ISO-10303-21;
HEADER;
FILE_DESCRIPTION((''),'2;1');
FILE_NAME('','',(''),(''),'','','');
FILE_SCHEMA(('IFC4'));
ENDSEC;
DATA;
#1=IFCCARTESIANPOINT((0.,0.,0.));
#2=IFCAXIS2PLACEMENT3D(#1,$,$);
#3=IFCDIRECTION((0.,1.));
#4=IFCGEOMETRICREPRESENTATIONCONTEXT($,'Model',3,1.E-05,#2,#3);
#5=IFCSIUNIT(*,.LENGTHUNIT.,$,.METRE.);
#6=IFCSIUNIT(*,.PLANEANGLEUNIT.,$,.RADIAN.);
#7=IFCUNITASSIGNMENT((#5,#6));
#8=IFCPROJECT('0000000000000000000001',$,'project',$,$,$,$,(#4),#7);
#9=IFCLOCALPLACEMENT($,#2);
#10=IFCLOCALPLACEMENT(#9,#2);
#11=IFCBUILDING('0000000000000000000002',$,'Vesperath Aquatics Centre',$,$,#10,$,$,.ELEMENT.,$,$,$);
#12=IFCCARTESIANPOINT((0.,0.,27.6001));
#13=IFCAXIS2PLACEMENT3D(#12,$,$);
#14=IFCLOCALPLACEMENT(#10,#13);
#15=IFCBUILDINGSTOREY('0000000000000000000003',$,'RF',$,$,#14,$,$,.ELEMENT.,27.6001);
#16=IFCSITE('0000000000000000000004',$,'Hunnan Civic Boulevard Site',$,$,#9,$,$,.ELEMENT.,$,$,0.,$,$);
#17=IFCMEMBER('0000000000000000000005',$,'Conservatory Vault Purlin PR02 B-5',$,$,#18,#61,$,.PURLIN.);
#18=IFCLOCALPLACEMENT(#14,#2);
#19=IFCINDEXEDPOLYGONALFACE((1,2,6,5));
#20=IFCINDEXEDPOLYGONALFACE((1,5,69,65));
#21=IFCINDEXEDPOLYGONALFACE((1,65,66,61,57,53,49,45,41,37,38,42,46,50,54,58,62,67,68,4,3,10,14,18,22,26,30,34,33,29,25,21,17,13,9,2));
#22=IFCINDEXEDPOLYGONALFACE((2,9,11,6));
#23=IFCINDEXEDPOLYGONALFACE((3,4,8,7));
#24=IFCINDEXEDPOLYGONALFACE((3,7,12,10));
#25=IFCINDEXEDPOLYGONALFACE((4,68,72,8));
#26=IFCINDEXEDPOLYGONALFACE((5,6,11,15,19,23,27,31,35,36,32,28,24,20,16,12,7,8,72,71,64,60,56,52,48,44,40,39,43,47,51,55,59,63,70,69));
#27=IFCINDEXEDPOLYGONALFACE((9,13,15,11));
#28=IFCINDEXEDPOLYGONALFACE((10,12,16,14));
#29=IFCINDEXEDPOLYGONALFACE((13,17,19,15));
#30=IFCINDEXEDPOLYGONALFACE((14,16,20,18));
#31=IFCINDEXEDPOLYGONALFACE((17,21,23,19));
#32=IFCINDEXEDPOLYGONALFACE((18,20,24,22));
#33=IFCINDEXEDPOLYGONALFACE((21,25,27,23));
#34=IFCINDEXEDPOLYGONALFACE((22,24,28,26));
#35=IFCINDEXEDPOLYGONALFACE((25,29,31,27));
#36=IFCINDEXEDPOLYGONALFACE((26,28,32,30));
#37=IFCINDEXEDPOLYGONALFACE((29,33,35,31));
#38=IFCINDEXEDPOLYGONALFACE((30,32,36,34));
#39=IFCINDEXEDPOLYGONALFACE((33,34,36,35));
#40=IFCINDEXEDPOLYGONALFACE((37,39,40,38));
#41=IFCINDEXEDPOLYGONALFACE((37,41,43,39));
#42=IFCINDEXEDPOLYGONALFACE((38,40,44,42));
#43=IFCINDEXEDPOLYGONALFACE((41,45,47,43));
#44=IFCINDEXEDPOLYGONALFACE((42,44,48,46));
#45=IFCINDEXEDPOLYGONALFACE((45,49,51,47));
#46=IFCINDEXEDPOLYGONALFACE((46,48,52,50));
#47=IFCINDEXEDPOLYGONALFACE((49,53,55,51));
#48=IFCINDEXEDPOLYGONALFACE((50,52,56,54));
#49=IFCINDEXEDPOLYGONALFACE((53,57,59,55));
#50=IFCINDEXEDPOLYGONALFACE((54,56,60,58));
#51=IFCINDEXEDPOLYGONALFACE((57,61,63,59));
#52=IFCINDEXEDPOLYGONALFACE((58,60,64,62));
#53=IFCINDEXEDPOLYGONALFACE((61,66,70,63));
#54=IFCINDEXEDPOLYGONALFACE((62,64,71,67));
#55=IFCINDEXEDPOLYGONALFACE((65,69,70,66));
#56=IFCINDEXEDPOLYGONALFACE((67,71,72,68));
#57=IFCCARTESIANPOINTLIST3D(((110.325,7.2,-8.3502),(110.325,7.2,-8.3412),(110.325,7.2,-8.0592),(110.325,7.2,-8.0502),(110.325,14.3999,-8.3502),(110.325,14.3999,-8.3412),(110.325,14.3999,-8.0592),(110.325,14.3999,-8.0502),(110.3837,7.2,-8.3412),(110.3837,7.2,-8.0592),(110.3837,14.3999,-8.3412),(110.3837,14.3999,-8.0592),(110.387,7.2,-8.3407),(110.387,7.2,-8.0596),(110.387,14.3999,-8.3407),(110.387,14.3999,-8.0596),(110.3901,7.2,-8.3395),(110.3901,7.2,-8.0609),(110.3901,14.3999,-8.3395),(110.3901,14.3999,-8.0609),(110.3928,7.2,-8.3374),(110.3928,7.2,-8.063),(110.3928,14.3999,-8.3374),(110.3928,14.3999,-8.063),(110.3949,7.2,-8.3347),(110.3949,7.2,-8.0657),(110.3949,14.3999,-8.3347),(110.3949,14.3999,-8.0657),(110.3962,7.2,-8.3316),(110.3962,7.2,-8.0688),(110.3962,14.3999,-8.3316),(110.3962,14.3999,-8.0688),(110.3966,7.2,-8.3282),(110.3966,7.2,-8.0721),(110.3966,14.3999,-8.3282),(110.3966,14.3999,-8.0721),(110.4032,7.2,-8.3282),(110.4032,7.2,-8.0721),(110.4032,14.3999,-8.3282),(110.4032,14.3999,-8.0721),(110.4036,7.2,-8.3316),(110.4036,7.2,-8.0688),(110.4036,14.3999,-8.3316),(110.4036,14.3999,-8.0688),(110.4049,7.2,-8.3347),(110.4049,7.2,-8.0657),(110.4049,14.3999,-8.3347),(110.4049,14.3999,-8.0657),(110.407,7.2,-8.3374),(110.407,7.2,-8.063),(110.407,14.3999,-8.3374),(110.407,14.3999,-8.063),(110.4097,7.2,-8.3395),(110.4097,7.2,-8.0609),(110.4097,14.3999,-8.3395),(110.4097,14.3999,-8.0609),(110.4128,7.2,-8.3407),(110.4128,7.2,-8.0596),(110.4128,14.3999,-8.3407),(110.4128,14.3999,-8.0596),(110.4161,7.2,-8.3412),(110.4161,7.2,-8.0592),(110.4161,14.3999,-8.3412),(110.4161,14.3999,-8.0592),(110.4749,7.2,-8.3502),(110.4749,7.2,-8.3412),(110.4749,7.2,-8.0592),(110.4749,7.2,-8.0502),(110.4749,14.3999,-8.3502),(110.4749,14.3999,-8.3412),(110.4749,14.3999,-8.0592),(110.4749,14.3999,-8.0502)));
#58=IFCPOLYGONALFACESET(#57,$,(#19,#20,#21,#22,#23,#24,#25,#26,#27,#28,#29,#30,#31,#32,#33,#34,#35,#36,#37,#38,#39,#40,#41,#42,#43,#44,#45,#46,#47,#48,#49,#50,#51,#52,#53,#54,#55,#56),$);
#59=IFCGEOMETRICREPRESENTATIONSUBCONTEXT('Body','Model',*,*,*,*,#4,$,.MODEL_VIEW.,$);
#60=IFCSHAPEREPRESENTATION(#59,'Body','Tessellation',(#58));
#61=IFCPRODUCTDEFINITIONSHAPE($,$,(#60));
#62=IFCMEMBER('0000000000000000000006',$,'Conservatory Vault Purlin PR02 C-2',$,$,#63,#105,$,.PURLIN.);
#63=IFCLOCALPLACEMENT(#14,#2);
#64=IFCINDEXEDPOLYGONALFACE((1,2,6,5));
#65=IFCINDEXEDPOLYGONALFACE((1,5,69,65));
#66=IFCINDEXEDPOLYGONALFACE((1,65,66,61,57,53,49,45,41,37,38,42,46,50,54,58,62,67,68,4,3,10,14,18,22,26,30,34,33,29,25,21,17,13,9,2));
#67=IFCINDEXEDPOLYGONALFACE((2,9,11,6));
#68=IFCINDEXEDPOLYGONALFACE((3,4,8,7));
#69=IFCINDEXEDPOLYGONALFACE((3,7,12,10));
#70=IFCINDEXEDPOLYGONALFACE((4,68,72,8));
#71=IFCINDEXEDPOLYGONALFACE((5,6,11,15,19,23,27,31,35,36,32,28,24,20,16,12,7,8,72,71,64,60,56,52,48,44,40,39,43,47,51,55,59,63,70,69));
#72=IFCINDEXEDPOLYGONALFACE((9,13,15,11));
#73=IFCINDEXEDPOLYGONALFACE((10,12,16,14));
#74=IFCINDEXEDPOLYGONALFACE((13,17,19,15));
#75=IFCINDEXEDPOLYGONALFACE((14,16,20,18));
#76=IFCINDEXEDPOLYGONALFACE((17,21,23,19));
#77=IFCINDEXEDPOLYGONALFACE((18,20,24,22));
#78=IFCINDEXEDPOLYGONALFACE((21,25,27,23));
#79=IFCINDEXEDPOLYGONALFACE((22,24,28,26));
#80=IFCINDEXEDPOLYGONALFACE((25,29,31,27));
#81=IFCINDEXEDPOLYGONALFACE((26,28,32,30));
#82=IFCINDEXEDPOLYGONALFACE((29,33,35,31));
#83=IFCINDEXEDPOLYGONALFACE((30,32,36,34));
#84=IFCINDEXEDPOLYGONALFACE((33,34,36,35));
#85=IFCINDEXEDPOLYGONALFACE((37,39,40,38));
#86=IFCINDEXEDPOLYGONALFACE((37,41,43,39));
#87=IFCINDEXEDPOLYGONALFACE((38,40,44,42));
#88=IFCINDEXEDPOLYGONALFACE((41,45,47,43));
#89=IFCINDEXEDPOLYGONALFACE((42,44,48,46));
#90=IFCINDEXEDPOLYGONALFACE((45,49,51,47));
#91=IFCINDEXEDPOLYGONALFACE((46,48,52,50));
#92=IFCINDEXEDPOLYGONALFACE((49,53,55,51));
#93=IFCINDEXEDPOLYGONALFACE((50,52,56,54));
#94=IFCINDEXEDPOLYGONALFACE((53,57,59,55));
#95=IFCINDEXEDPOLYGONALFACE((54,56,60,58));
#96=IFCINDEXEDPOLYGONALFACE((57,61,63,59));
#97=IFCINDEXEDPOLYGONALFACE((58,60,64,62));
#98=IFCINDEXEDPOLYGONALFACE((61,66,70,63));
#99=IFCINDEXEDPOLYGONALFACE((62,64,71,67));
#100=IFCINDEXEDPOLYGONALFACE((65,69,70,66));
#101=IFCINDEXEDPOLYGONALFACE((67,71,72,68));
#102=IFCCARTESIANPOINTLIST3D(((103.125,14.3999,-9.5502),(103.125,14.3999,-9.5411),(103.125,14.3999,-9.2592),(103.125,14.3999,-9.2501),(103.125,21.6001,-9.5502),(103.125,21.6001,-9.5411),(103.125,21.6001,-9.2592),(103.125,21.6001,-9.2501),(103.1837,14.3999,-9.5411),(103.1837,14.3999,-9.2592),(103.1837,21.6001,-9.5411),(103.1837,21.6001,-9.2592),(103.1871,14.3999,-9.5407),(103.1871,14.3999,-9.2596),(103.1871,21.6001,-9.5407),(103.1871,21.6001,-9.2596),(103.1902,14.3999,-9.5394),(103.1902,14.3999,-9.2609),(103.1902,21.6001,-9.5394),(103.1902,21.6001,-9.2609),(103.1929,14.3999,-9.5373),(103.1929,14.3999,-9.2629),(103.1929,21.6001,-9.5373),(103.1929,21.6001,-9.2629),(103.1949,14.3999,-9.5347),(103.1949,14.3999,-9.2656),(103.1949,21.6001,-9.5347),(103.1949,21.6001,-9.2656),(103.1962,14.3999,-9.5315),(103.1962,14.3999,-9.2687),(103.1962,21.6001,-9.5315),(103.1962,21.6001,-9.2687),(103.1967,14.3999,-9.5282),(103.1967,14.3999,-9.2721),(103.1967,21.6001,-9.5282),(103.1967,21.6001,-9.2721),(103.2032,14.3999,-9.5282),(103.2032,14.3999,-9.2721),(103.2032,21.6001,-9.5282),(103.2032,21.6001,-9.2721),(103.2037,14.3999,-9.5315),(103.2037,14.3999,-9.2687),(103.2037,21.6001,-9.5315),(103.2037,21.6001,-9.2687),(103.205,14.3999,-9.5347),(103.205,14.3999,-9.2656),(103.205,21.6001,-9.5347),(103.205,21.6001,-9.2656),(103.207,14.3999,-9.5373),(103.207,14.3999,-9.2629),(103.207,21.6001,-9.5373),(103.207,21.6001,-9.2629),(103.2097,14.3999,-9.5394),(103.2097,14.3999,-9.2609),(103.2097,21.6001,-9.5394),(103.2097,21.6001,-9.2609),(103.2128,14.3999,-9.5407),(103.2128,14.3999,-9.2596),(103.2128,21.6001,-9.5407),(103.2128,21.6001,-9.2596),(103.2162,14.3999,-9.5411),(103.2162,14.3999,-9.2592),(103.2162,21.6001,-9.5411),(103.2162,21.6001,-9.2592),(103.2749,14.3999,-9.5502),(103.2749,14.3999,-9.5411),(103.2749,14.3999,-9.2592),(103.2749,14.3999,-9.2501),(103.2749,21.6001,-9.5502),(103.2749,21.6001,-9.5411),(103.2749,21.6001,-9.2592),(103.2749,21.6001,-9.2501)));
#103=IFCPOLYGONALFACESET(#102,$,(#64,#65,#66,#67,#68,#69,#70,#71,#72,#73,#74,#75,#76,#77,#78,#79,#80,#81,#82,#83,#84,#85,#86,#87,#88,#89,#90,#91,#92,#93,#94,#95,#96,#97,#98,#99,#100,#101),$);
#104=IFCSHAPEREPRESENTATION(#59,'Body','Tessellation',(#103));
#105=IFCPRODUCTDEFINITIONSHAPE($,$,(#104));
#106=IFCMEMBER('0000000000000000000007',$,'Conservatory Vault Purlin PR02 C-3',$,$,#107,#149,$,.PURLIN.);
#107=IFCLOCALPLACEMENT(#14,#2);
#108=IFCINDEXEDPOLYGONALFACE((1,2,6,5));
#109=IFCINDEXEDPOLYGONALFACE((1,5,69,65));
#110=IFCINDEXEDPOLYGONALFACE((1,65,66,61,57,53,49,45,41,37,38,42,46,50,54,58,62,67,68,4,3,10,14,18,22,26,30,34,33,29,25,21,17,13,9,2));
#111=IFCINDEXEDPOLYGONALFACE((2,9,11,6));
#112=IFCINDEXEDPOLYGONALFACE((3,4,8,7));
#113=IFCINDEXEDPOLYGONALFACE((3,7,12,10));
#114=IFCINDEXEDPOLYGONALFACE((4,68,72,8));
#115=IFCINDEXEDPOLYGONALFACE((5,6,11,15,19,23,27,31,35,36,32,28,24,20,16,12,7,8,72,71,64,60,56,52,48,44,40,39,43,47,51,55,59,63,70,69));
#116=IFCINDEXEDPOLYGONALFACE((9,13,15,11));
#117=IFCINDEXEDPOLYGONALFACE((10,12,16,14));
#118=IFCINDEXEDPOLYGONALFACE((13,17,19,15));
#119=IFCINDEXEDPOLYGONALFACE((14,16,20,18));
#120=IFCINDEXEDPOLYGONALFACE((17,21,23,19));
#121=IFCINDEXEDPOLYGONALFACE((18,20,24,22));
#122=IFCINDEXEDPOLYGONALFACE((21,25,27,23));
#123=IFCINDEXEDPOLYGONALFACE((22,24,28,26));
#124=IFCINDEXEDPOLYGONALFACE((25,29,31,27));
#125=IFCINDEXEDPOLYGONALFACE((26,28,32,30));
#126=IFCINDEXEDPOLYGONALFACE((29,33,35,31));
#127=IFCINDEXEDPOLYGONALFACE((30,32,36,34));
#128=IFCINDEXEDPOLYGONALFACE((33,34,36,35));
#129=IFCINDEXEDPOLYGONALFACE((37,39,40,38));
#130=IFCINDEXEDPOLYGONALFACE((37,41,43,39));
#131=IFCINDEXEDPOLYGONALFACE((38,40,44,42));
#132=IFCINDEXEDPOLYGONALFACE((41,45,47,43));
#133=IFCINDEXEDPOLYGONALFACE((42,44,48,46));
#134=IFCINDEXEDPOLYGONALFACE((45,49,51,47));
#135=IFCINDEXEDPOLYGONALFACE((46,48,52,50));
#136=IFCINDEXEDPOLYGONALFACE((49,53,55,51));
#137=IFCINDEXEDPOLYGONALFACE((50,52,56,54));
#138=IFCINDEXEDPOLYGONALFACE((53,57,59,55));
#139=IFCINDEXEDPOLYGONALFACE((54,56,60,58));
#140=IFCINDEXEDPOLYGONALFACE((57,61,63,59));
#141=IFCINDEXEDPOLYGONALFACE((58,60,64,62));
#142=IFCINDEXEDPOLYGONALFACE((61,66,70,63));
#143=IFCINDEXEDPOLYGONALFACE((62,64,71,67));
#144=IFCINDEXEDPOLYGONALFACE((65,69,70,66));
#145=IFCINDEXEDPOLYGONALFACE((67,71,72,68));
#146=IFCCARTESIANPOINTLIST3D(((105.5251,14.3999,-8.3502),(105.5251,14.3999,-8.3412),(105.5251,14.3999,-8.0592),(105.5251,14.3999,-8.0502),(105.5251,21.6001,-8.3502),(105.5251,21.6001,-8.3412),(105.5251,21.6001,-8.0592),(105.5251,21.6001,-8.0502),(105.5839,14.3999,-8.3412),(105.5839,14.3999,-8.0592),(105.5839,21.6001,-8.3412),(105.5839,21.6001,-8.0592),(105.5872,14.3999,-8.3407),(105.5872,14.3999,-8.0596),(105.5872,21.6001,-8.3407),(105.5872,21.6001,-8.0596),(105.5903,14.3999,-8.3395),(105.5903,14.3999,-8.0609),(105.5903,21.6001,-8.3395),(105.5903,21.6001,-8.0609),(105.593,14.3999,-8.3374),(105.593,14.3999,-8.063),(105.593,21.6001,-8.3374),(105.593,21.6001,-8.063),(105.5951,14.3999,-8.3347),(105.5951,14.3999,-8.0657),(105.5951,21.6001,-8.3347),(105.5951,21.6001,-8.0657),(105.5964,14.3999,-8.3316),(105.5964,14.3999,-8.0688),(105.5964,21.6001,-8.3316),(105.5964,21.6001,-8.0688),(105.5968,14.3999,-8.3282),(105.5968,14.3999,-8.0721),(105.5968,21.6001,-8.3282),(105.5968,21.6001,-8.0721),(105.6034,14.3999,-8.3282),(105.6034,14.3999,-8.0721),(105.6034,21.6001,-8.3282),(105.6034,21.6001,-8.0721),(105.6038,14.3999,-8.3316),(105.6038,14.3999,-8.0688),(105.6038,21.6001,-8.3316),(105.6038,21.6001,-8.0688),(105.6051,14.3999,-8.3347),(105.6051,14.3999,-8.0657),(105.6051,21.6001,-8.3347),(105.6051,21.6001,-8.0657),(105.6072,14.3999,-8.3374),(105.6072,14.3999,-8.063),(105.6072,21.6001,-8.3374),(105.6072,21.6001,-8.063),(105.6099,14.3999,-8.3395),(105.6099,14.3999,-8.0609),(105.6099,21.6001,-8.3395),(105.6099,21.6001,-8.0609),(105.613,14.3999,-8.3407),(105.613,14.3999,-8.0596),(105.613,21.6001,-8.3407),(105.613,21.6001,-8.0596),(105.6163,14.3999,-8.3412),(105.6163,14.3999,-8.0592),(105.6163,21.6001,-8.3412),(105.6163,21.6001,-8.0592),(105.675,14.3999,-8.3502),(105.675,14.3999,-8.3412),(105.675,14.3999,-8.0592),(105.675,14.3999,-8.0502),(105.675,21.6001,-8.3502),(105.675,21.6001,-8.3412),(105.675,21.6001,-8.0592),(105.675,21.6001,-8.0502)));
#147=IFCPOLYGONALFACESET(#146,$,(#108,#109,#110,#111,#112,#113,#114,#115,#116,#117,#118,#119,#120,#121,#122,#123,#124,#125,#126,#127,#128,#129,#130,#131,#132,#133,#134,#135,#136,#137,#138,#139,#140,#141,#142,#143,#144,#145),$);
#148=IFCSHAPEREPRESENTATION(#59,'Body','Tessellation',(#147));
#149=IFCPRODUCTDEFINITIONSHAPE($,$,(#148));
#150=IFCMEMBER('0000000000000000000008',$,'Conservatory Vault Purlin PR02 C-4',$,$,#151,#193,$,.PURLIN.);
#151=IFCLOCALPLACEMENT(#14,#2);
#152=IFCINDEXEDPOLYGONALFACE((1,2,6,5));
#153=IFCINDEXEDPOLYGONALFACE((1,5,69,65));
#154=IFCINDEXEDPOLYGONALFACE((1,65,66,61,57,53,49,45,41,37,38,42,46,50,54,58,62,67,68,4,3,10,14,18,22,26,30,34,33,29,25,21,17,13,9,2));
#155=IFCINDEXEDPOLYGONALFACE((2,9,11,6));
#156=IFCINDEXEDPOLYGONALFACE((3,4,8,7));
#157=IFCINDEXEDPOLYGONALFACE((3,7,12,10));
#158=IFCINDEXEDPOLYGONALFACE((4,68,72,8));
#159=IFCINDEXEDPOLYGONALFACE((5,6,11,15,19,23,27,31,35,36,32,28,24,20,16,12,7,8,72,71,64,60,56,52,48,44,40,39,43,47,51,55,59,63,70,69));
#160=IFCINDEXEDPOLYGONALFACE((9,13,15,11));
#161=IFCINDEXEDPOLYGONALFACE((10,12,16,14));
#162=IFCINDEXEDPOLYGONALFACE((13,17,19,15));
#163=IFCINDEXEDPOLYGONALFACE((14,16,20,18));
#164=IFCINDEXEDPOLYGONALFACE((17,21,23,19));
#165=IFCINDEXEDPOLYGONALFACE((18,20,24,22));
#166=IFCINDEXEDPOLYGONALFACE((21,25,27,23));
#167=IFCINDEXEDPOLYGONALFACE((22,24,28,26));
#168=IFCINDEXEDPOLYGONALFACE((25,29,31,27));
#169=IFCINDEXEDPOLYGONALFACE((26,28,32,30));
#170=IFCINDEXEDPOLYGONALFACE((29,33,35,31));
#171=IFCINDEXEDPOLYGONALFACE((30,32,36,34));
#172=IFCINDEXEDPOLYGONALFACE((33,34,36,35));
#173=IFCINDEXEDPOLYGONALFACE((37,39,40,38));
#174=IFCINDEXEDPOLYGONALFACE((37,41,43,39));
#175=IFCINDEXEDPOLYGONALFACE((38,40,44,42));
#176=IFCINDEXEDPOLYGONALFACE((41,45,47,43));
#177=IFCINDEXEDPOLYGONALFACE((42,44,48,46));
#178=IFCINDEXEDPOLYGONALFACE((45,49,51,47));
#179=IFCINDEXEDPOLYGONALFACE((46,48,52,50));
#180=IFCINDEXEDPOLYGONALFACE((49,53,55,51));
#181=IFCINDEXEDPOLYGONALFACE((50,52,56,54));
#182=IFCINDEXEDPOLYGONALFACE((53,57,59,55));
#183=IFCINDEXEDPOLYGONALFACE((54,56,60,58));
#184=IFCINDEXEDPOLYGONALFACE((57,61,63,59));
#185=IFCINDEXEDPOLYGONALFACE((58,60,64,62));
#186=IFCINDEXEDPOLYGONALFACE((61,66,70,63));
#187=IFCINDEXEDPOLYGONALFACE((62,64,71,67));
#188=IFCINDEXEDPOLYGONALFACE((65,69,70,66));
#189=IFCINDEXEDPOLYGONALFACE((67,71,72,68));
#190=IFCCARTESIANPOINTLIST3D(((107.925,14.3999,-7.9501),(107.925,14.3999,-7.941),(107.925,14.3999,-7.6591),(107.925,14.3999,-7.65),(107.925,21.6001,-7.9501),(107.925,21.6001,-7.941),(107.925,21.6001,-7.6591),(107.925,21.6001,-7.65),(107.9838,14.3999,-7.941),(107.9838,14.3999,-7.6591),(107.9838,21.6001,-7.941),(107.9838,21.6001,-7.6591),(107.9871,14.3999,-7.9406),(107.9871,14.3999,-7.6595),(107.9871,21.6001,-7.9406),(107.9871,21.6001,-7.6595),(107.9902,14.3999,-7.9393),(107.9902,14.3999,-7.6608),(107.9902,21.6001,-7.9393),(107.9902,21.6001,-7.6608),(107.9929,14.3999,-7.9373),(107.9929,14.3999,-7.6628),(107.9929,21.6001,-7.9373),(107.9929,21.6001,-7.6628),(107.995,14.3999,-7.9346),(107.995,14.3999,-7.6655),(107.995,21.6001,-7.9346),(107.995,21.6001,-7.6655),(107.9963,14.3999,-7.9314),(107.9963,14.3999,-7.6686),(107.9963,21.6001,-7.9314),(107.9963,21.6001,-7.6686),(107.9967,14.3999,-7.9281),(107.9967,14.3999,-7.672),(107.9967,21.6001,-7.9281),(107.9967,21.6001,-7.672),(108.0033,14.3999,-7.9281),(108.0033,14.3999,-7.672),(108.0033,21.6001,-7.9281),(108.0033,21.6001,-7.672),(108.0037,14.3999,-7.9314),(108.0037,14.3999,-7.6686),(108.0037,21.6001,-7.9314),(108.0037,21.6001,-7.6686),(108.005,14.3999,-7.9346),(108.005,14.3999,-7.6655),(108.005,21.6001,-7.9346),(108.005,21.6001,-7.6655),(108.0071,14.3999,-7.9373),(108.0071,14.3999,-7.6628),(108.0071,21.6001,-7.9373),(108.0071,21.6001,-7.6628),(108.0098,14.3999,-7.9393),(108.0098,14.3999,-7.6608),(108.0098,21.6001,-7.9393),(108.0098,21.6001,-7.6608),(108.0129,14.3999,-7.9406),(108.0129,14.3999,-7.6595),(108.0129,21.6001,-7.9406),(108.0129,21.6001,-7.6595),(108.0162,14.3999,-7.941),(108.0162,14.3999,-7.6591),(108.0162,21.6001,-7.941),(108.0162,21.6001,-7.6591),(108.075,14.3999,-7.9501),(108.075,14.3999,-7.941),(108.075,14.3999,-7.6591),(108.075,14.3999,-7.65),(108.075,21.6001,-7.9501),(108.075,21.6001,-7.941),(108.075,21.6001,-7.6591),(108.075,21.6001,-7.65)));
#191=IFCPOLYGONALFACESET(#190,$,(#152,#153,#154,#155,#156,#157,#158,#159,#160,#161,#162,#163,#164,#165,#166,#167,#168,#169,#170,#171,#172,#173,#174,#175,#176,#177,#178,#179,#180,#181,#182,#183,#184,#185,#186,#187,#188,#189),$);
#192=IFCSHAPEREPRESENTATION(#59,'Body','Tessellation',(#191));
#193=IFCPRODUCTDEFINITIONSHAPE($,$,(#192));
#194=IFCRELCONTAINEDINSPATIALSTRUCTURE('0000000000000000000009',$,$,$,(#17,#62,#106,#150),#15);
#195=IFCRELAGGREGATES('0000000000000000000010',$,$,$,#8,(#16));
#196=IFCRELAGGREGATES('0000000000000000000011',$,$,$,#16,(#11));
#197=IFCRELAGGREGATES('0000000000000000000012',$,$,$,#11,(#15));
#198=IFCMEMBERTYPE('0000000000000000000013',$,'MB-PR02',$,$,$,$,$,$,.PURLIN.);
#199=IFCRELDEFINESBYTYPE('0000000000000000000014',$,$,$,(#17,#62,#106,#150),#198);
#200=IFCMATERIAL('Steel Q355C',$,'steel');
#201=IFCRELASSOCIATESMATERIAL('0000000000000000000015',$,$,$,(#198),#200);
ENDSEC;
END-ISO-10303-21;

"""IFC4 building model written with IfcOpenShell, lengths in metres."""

from ifc_helpers import new_model, si_unit, direction, frame, origin, origin_2d, place, context, subcontext, project, spatial, i_section, extrude, material, material_profile, profile_set, type_object, element, save


model = new_model("IFC4")

# Units and contexts
model_context = context("Model", 3, precision=1e-05, world=origin(), true_north=direction((0.0, 1.0)))
body_context = subcontext(model_context, "Body", "Model", "MODEL_VIEW")
ifc_project = project(units=[si_unit("LENGTHUNIT", "METRE"), si_unit("PLANEANGLEUNIT", "RADIAN")], contexts=[model_context])

# Site, building, storey
site_placement = place(None, origin())
site = spatial("IfcSite", under=ifc_project, at=site_placement, Name="Hunnan Civic Boulevard Site", CompositionType="ELEMENT", RefElevation=0.0)
building_placement = place(site_placement, origin())
building = spatial("IfcBuilding", under=site, at=building_placement, Name="Vesperath Aquatics Centre", CompositionType="ELEMENT")
storey_placement = place(building_placement, frame((0.0, 0.0, 27.6001)))
storey = spatial("IfcBuildingStorey", under=building, at=storey_placement, Name="RF", CompositionType="ELEMENT", Elevation=27.6001)

# Members
ifc_material_1 = material(Name="Steel Q355C", Category="steel")
ifc_material_profile_1 = material_profile(ifc_material_1, i_section(OverallWidth=0.1499, OverallDepth=0.3, WebThickness=0.0066, FlangeThickness=0.009, FilletRadius=0.0129, at=origin_2d()), Name="HN 300x150x6.5x9")
ifc_profile_set_1 = profile_set([ifc_material_profile_1], Name="Steel Q355C")
member_type_1 = type_object("IfcMemberType", Name="MB-PR02", PredefinedType="PURLIN", material=ifc_profile_set_1)
for number, where, z_axis, x_axis, name in (
    (1, (110.3999, 7.2, -8.2002), (0.0, 1.0, 0.0), (-1.0, 0.0, 0.0), "Conservatory Vault Purlin PR02 B-5"),
):
    element("IfcMember", number, at=place(storey_placement, frame(where, z_axis=z_axis, x_axis=x_axis)), inside=storey, type_object=member_type_1, Name=name, PredefinedType="PURLIN", context=body_context, shape_type="SweptSolid", body=[
        extrude(i_section(OverallWidth=0.1499, OverallDepth=0.3, WebThickness=0.0066, FlangeThickness=0.009, FilletRadius=0.0129, at=origin_2d()), origin(), (0.0, 0.0, 1.0), 7.2),
    ])
for number, where, z_axis, x_axis, name in (
    (2, (103.2, 14.3999, -9.4001), (0.0, 1.0, 0.0), (-1.0, 0.0, 0.0), "Conservatory Vault Purlin PR02 C-2"),
    (3, (105.6001, 14.3999, -8.2002), (0.0, 1.0, 0.0), (-1.0, 0.0, 0.0), "Conservatory Vault Purlin PR02 C-3"),
    (4, (108.0, 14.3999, -7.8), (0.0, 1.0, 0.0), (-1.0, 0.0, 0.0), "Conservatory Vault Purlin PR02 C-4"),
):
    element("IfcMember", number, at=place(storey_placement, frame(where, z_axis=z_axis, x_axis=x_axis)), inside=storey, type_object=member_type_1, Name=name, PredefinedType="PURLIN", context=body_context, shape_type="SweptSolid", body=[
        extrude(i_section(OverallWidth=0.1499, OverallDepth=0.3, WebThickness=0.0066, FlangeThickness=0.009, FilletRadius=0.0129, at=origin_2d()), origin(), (0.0, 0.0, 1.0), 7.2002),
    ])

save(model, "model.ifc")
